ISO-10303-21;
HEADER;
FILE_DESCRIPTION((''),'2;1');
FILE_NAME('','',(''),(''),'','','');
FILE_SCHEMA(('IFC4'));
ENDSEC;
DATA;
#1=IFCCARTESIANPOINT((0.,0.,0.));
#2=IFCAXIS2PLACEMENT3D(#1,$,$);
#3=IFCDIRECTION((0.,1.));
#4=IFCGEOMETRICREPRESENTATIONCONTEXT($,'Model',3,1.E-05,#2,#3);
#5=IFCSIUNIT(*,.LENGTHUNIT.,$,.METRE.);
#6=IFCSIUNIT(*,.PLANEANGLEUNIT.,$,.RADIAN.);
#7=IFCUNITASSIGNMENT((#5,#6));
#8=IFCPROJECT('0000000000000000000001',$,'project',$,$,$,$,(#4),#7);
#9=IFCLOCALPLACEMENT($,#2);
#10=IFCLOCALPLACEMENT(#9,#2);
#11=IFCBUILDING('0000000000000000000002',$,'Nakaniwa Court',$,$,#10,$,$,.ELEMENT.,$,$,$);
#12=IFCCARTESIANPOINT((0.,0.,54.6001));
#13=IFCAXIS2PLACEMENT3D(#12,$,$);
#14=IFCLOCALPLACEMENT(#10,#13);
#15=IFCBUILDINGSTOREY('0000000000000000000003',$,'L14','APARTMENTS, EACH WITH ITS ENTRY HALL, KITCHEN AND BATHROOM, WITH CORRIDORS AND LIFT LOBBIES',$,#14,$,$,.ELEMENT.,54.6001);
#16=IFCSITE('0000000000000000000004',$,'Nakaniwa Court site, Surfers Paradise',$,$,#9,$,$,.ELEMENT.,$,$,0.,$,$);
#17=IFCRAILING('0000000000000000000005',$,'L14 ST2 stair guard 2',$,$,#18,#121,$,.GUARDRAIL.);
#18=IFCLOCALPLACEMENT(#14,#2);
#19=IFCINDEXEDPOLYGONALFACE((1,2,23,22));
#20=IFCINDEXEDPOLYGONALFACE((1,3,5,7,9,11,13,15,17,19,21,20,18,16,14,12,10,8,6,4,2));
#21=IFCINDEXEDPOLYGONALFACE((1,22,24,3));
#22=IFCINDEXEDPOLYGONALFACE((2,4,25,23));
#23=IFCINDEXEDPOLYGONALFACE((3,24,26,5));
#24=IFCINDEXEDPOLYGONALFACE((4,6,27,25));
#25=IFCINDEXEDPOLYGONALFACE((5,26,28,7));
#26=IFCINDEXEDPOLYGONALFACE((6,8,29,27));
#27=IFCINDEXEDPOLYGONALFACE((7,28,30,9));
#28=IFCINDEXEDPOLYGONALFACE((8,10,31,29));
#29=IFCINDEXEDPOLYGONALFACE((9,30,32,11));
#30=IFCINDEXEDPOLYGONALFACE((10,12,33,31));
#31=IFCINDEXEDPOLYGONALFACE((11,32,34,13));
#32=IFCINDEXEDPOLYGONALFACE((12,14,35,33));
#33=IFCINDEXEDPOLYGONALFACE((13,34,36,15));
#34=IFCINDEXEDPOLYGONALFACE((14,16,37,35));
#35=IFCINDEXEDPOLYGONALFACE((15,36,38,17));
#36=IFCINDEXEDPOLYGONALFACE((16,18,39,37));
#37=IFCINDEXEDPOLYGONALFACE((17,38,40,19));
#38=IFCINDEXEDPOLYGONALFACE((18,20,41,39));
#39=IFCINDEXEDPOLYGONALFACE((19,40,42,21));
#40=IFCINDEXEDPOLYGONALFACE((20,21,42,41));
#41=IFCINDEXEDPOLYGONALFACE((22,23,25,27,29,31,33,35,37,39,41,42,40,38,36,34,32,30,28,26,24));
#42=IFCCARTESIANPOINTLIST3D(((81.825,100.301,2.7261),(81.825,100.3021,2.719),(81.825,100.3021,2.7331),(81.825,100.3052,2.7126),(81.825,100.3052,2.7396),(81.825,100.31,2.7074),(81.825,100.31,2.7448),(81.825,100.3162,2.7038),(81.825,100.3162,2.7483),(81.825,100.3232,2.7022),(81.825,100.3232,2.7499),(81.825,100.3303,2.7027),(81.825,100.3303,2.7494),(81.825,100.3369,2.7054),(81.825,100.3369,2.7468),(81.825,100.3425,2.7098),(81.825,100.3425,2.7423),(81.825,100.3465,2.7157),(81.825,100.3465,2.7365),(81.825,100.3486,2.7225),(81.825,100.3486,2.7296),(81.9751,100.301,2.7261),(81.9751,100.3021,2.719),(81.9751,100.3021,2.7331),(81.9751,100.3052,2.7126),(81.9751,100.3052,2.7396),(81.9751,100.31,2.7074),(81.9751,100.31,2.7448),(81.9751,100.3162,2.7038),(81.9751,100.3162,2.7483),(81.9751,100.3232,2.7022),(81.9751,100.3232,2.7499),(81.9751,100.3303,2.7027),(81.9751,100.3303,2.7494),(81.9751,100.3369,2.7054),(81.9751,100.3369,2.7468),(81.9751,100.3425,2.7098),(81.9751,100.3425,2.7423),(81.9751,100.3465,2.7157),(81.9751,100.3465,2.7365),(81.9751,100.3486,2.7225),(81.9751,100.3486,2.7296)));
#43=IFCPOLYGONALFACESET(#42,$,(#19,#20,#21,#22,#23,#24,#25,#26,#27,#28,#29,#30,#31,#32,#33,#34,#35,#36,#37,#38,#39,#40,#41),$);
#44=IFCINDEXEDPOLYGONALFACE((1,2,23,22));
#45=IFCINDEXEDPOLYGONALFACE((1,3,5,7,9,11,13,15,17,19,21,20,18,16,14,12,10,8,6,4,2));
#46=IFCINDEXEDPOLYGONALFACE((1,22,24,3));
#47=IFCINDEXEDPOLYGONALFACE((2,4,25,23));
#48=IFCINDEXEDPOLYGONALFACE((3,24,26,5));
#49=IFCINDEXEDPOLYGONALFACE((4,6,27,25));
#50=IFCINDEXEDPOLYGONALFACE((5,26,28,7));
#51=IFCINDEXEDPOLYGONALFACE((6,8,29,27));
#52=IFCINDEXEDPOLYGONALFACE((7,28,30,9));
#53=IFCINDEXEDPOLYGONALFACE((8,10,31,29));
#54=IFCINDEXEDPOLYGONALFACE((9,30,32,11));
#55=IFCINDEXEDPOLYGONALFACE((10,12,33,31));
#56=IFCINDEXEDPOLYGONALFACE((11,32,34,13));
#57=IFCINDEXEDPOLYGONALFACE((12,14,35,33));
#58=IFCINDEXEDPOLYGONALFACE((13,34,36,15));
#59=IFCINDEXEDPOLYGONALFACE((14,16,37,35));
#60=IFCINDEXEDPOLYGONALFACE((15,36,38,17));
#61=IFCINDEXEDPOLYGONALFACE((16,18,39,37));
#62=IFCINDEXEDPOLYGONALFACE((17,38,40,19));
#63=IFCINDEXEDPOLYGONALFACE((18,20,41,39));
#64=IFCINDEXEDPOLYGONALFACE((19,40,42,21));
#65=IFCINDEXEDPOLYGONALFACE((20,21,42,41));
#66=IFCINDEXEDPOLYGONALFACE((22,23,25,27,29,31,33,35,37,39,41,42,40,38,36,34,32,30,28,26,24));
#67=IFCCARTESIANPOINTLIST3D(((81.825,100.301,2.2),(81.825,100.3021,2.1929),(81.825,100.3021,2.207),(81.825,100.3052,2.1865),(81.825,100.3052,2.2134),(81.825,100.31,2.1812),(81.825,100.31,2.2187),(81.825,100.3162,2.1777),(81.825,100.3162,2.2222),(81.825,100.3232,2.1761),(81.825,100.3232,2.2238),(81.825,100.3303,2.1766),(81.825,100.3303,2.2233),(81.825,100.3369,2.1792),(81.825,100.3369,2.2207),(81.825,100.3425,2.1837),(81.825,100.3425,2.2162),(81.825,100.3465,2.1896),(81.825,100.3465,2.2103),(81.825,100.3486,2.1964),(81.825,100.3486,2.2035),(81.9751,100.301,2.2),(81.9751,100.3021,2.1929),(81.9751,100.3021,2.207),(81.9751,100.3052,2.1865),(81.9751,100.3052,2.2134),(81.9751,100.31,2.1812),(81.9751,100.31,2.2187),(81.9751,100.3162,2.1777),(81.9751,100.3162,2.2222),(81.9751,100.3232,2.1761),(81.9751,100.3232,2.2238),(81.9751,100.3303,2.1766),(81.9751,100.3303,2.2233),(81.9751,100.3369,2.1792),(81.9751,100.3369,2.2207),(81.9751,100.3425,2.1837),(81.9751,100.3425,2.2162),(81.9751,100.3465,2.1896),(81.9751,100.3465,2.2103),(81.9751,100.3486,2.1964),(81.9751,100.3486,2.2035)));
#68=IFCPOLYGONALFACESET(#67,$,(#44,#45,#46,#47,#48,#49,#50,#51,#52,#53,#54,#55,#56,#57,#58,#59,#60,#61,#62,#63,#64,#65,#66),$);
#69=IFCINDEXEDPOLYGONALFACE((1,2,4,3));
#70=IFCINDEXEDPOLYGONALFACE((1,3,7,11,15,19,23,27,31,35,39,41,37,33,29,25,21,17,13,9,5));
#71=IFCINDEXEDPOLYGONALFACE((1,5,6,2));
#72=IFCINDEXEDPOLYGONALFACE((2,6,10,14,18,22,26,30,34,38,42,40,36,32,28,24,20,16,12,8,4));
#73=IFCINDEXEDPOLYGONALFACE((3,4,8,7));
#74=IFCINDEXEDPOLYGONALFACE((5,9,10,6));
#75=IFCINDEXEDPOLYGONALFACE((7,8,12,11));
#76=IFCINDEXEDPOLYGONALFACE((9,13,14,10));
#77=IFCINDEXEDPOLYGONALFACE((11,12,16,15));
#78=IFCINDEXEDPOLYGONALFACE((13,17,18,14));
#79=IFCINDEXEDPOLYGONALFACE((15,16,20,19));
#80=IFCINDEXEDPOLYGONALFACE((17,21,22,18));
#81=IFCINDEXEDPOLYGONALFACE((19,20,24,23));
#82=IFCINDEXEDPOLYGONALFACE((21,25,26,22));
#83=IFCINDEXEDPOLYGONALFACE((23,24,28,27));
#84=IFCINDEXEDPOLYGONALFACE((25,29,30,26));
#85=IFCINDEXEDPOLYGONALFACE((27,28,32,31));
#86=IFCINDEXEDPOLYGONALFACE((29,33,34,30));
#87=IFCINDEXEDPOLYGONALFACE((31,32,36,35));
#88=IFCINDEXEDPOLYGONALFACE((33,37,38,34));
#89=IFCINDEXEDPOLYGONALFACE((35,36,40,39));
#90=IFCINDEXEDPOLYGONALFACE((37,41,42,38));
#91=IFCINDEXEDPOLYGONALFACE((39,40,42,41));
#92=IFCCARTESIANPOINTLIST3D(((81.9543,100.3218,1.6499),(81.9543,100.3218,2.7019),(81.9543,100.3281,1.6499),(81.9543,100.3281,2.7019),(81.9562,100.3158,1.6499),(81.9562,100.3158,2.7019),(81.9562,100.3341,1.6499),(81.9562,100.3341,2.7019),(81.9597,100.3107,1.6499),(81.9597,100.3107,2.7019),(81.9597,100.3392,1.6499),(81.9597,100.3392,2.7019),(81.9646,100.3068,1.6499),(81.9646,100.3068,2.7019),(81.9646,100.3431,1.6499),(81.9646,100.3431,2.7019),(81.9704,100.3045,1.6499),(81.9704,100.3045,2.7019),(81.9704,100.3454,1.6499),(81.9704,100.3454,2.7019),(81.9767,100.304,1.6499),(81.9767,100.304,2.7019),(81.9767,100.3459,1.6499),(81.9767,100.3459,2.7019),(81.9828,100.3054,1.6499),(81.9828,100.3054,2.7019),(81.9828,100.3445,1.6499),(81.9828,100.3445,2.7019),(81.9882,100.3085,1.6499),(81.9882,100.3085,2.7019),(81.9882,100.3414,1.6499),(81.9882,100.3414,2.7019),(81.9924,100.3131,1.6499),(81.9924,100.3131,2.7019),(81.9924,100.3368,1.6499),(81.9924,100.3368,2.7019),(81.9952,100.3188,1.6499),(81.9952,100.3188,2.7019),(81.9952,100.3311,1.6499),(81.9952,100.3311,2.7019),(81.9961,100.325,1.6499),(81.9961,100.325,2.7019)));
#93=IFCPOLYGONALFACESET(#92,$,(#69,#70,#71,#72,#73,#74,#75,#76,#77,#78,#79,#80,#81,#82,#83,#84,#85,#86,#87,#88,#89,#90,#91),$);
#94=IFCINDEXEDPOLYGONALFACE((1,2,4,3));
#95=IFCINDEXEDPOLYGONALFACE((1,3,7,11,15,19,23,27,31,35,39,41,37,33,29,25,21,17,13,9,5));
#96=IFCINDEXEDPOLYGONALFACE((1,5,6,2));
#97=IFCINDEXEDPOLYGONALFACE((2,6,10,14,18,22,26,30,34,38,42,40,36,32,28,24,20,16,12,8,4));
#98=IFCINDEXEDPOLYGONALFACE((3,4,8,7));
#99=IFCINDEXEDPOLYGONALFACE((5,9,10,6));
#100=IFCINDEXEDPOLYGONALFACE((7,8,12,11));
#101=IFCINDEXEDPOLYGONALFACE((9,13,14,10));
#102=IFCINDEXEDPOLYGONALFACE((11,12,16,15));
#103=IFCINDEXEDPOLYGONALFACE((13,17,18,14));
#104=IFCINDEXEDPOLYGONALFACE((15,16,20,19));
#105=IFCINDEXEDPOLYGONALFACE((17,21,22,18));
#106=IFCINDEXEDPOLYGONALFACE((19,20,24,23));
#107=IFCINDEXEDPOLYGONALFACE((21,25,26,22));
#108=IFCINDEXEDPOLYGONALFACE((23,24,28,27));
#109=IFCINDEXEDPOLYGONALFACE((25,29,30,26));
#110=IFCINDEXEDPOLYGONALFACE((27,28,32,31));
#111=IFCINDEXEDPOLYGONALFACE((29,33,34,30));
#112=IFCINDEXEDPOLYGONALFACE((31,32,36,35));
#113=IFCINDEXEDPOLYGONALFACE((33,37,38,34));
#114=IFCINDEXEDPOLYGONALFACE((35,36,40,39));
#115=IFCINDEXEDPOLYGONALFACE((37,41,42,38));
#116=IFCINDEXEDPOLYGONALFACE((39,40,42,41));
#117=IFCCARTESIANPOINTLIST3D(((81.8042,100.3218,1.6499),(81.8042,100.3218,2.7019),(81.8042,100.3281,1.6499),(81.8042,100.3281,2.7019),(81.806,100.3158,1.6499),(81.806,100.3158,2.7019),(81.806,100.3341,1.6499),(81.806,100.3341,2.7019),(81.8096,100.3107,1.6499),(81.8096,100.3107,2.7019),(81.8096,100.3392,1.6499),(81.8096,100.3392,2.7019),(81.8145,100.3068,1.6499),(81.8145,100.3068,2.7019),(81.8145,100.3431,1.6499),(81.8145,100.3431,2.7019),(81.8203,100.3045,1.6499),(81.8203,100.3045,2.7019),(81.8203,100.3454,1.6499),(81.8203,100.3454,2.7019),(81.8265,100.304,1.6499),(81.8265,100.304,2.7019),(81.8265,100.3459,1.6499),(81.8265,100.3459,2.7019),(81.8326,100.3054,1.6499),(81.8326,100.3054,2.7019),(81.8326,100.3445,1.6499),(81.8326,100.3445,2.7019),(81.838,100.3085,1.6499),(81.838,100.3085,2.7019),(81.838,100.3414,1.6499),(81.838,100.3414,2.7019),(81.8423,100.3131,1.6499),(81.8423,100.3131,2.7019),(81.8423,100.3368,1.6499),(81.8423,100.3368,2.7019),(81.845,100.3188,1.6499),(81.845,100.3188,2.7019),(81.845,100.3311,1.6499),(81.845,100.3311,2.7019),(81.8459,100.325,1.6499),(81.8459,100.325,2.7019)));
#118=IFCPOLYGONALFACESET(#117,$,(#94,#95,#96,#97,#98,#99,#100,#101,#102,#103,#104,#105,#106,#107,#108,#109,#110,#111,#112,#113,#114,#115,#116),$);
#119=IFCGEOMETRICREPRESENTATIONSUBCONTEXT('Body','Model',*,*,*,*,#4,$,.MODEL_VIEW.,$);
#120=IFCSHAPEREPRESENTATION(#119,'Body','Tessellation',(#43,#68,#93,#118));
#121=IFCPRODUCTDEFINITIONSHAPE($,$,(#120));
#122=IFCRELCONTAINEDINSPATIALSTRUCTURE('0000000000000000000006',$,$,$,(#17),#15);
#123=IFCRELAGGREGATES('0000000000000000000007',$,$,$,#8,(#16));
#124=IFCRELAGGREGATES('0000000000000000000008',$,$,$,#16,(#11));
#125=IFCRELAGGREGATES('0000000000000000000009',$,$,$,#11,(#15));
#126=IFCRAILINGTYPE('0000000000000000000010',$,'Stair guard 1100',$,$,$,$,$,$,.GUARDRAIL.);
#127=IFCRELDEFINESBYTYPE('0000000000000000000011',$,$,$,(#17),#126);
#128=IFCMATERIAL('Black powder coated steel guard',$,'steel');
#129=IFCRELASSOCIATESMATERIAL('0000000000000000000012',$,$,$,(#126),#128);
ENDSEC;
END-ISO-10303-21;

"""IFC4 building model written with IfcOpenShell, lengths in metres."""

from ifc_helpers import new_model, si_unit, direction, frame, origin, origin_2d, place, context, subcontext, project, spatial, circle, extrude, material, type_object, element, save


model = new_model("IFC4")

# Units and contexts
model_context = context("Model", 3, precision=1e-05, world=origin(), true_north=direction((0.0, 1.0)))
body_context = subcontext(model_context, "Body", "Model", "MODEL_VIEW")
ifc_project = project(units=[si_unit("LENGTHUNIT", "METRE"), si_unit("PLANEANGLEUNIT", "RADIAN")], contexts=[model_context])

# Site, building, storey
site_placement = place(None, origin())
site = spatial("IfcSite", under=ifc_project, at=site_placement, Name="Nakaniwa Court site, Surfers Paradise", CompositionType="ELEMENT", RefElevation=0.0)
building_placement = place(site_placement, origin())
building = spatial("IfcBuilding", under=site, at=building_placement, Name="Nakaniwa Court", CompositionType="ELEMENT")
storey_placement = place(building_placement, frame((0.0, 0.0, 54.6001)))
storey = spatial("IfcBuildingStorey", under=building, at=storey_placement, Name="L14", Description="APARTMENTS, EACH WITH ITS ENTRY HALL, KITCHEN AND BATHROOM, WITH CORRIDORS AND LIFT LOBBIES", CompositionType="ELEMENT", Elevation=54.6001)

# Railing
ifc_material_1 = material(Name="Black powder coated steel guard", Category="steel")
railing_type_1 = type_object("IfcRailingType", Name="Stair guard 1100", PredefinedType="GUARDRAIL", material=ifc_material_1)
railing_1_placement = place(storey_placement, frame((81.9751, 100.325, 1.6499)))
element("IfcRailing", 1, at=railing_1_placement, inside=storey, type_object=railing_type_1, Name="L14 ST2 stair guard 2", PredefinedType="GUARDRAIL", context=body_context, shape_type="SweptSolid", body=[
    extrude(circle(Radius=0.0239, at=origin_2d()), frame((0.0, 0.0, 1.0762), z_axis=(-1.0, 0.0, 0.0), x_axis=(0.0, -1.0, 0.0)), (0.0, 0.0, 1.0), 0.1501),
    extrude(circle(Radius=0.0239, at=origin_2d()), frame((0.0, 0.0, 0.55), z_axis=(-1.0, 0.0, 0.0), x_axis=(0.0, -1.0, 0.0)), (0.0, 0.0, 1.0), 0.1501),
    extrude(circle(Radius=0.021, at=origin_2d()), origin(), (0.0, 0.0, 1.0), 1.052),
    extrude(circle(Radius=0.021, at=origin_2d()), frame((-0.1501, 0.0, 0.0)), (0.0, 0.0, 1.0), 1.052),
])

save(model, "model.ifc")
